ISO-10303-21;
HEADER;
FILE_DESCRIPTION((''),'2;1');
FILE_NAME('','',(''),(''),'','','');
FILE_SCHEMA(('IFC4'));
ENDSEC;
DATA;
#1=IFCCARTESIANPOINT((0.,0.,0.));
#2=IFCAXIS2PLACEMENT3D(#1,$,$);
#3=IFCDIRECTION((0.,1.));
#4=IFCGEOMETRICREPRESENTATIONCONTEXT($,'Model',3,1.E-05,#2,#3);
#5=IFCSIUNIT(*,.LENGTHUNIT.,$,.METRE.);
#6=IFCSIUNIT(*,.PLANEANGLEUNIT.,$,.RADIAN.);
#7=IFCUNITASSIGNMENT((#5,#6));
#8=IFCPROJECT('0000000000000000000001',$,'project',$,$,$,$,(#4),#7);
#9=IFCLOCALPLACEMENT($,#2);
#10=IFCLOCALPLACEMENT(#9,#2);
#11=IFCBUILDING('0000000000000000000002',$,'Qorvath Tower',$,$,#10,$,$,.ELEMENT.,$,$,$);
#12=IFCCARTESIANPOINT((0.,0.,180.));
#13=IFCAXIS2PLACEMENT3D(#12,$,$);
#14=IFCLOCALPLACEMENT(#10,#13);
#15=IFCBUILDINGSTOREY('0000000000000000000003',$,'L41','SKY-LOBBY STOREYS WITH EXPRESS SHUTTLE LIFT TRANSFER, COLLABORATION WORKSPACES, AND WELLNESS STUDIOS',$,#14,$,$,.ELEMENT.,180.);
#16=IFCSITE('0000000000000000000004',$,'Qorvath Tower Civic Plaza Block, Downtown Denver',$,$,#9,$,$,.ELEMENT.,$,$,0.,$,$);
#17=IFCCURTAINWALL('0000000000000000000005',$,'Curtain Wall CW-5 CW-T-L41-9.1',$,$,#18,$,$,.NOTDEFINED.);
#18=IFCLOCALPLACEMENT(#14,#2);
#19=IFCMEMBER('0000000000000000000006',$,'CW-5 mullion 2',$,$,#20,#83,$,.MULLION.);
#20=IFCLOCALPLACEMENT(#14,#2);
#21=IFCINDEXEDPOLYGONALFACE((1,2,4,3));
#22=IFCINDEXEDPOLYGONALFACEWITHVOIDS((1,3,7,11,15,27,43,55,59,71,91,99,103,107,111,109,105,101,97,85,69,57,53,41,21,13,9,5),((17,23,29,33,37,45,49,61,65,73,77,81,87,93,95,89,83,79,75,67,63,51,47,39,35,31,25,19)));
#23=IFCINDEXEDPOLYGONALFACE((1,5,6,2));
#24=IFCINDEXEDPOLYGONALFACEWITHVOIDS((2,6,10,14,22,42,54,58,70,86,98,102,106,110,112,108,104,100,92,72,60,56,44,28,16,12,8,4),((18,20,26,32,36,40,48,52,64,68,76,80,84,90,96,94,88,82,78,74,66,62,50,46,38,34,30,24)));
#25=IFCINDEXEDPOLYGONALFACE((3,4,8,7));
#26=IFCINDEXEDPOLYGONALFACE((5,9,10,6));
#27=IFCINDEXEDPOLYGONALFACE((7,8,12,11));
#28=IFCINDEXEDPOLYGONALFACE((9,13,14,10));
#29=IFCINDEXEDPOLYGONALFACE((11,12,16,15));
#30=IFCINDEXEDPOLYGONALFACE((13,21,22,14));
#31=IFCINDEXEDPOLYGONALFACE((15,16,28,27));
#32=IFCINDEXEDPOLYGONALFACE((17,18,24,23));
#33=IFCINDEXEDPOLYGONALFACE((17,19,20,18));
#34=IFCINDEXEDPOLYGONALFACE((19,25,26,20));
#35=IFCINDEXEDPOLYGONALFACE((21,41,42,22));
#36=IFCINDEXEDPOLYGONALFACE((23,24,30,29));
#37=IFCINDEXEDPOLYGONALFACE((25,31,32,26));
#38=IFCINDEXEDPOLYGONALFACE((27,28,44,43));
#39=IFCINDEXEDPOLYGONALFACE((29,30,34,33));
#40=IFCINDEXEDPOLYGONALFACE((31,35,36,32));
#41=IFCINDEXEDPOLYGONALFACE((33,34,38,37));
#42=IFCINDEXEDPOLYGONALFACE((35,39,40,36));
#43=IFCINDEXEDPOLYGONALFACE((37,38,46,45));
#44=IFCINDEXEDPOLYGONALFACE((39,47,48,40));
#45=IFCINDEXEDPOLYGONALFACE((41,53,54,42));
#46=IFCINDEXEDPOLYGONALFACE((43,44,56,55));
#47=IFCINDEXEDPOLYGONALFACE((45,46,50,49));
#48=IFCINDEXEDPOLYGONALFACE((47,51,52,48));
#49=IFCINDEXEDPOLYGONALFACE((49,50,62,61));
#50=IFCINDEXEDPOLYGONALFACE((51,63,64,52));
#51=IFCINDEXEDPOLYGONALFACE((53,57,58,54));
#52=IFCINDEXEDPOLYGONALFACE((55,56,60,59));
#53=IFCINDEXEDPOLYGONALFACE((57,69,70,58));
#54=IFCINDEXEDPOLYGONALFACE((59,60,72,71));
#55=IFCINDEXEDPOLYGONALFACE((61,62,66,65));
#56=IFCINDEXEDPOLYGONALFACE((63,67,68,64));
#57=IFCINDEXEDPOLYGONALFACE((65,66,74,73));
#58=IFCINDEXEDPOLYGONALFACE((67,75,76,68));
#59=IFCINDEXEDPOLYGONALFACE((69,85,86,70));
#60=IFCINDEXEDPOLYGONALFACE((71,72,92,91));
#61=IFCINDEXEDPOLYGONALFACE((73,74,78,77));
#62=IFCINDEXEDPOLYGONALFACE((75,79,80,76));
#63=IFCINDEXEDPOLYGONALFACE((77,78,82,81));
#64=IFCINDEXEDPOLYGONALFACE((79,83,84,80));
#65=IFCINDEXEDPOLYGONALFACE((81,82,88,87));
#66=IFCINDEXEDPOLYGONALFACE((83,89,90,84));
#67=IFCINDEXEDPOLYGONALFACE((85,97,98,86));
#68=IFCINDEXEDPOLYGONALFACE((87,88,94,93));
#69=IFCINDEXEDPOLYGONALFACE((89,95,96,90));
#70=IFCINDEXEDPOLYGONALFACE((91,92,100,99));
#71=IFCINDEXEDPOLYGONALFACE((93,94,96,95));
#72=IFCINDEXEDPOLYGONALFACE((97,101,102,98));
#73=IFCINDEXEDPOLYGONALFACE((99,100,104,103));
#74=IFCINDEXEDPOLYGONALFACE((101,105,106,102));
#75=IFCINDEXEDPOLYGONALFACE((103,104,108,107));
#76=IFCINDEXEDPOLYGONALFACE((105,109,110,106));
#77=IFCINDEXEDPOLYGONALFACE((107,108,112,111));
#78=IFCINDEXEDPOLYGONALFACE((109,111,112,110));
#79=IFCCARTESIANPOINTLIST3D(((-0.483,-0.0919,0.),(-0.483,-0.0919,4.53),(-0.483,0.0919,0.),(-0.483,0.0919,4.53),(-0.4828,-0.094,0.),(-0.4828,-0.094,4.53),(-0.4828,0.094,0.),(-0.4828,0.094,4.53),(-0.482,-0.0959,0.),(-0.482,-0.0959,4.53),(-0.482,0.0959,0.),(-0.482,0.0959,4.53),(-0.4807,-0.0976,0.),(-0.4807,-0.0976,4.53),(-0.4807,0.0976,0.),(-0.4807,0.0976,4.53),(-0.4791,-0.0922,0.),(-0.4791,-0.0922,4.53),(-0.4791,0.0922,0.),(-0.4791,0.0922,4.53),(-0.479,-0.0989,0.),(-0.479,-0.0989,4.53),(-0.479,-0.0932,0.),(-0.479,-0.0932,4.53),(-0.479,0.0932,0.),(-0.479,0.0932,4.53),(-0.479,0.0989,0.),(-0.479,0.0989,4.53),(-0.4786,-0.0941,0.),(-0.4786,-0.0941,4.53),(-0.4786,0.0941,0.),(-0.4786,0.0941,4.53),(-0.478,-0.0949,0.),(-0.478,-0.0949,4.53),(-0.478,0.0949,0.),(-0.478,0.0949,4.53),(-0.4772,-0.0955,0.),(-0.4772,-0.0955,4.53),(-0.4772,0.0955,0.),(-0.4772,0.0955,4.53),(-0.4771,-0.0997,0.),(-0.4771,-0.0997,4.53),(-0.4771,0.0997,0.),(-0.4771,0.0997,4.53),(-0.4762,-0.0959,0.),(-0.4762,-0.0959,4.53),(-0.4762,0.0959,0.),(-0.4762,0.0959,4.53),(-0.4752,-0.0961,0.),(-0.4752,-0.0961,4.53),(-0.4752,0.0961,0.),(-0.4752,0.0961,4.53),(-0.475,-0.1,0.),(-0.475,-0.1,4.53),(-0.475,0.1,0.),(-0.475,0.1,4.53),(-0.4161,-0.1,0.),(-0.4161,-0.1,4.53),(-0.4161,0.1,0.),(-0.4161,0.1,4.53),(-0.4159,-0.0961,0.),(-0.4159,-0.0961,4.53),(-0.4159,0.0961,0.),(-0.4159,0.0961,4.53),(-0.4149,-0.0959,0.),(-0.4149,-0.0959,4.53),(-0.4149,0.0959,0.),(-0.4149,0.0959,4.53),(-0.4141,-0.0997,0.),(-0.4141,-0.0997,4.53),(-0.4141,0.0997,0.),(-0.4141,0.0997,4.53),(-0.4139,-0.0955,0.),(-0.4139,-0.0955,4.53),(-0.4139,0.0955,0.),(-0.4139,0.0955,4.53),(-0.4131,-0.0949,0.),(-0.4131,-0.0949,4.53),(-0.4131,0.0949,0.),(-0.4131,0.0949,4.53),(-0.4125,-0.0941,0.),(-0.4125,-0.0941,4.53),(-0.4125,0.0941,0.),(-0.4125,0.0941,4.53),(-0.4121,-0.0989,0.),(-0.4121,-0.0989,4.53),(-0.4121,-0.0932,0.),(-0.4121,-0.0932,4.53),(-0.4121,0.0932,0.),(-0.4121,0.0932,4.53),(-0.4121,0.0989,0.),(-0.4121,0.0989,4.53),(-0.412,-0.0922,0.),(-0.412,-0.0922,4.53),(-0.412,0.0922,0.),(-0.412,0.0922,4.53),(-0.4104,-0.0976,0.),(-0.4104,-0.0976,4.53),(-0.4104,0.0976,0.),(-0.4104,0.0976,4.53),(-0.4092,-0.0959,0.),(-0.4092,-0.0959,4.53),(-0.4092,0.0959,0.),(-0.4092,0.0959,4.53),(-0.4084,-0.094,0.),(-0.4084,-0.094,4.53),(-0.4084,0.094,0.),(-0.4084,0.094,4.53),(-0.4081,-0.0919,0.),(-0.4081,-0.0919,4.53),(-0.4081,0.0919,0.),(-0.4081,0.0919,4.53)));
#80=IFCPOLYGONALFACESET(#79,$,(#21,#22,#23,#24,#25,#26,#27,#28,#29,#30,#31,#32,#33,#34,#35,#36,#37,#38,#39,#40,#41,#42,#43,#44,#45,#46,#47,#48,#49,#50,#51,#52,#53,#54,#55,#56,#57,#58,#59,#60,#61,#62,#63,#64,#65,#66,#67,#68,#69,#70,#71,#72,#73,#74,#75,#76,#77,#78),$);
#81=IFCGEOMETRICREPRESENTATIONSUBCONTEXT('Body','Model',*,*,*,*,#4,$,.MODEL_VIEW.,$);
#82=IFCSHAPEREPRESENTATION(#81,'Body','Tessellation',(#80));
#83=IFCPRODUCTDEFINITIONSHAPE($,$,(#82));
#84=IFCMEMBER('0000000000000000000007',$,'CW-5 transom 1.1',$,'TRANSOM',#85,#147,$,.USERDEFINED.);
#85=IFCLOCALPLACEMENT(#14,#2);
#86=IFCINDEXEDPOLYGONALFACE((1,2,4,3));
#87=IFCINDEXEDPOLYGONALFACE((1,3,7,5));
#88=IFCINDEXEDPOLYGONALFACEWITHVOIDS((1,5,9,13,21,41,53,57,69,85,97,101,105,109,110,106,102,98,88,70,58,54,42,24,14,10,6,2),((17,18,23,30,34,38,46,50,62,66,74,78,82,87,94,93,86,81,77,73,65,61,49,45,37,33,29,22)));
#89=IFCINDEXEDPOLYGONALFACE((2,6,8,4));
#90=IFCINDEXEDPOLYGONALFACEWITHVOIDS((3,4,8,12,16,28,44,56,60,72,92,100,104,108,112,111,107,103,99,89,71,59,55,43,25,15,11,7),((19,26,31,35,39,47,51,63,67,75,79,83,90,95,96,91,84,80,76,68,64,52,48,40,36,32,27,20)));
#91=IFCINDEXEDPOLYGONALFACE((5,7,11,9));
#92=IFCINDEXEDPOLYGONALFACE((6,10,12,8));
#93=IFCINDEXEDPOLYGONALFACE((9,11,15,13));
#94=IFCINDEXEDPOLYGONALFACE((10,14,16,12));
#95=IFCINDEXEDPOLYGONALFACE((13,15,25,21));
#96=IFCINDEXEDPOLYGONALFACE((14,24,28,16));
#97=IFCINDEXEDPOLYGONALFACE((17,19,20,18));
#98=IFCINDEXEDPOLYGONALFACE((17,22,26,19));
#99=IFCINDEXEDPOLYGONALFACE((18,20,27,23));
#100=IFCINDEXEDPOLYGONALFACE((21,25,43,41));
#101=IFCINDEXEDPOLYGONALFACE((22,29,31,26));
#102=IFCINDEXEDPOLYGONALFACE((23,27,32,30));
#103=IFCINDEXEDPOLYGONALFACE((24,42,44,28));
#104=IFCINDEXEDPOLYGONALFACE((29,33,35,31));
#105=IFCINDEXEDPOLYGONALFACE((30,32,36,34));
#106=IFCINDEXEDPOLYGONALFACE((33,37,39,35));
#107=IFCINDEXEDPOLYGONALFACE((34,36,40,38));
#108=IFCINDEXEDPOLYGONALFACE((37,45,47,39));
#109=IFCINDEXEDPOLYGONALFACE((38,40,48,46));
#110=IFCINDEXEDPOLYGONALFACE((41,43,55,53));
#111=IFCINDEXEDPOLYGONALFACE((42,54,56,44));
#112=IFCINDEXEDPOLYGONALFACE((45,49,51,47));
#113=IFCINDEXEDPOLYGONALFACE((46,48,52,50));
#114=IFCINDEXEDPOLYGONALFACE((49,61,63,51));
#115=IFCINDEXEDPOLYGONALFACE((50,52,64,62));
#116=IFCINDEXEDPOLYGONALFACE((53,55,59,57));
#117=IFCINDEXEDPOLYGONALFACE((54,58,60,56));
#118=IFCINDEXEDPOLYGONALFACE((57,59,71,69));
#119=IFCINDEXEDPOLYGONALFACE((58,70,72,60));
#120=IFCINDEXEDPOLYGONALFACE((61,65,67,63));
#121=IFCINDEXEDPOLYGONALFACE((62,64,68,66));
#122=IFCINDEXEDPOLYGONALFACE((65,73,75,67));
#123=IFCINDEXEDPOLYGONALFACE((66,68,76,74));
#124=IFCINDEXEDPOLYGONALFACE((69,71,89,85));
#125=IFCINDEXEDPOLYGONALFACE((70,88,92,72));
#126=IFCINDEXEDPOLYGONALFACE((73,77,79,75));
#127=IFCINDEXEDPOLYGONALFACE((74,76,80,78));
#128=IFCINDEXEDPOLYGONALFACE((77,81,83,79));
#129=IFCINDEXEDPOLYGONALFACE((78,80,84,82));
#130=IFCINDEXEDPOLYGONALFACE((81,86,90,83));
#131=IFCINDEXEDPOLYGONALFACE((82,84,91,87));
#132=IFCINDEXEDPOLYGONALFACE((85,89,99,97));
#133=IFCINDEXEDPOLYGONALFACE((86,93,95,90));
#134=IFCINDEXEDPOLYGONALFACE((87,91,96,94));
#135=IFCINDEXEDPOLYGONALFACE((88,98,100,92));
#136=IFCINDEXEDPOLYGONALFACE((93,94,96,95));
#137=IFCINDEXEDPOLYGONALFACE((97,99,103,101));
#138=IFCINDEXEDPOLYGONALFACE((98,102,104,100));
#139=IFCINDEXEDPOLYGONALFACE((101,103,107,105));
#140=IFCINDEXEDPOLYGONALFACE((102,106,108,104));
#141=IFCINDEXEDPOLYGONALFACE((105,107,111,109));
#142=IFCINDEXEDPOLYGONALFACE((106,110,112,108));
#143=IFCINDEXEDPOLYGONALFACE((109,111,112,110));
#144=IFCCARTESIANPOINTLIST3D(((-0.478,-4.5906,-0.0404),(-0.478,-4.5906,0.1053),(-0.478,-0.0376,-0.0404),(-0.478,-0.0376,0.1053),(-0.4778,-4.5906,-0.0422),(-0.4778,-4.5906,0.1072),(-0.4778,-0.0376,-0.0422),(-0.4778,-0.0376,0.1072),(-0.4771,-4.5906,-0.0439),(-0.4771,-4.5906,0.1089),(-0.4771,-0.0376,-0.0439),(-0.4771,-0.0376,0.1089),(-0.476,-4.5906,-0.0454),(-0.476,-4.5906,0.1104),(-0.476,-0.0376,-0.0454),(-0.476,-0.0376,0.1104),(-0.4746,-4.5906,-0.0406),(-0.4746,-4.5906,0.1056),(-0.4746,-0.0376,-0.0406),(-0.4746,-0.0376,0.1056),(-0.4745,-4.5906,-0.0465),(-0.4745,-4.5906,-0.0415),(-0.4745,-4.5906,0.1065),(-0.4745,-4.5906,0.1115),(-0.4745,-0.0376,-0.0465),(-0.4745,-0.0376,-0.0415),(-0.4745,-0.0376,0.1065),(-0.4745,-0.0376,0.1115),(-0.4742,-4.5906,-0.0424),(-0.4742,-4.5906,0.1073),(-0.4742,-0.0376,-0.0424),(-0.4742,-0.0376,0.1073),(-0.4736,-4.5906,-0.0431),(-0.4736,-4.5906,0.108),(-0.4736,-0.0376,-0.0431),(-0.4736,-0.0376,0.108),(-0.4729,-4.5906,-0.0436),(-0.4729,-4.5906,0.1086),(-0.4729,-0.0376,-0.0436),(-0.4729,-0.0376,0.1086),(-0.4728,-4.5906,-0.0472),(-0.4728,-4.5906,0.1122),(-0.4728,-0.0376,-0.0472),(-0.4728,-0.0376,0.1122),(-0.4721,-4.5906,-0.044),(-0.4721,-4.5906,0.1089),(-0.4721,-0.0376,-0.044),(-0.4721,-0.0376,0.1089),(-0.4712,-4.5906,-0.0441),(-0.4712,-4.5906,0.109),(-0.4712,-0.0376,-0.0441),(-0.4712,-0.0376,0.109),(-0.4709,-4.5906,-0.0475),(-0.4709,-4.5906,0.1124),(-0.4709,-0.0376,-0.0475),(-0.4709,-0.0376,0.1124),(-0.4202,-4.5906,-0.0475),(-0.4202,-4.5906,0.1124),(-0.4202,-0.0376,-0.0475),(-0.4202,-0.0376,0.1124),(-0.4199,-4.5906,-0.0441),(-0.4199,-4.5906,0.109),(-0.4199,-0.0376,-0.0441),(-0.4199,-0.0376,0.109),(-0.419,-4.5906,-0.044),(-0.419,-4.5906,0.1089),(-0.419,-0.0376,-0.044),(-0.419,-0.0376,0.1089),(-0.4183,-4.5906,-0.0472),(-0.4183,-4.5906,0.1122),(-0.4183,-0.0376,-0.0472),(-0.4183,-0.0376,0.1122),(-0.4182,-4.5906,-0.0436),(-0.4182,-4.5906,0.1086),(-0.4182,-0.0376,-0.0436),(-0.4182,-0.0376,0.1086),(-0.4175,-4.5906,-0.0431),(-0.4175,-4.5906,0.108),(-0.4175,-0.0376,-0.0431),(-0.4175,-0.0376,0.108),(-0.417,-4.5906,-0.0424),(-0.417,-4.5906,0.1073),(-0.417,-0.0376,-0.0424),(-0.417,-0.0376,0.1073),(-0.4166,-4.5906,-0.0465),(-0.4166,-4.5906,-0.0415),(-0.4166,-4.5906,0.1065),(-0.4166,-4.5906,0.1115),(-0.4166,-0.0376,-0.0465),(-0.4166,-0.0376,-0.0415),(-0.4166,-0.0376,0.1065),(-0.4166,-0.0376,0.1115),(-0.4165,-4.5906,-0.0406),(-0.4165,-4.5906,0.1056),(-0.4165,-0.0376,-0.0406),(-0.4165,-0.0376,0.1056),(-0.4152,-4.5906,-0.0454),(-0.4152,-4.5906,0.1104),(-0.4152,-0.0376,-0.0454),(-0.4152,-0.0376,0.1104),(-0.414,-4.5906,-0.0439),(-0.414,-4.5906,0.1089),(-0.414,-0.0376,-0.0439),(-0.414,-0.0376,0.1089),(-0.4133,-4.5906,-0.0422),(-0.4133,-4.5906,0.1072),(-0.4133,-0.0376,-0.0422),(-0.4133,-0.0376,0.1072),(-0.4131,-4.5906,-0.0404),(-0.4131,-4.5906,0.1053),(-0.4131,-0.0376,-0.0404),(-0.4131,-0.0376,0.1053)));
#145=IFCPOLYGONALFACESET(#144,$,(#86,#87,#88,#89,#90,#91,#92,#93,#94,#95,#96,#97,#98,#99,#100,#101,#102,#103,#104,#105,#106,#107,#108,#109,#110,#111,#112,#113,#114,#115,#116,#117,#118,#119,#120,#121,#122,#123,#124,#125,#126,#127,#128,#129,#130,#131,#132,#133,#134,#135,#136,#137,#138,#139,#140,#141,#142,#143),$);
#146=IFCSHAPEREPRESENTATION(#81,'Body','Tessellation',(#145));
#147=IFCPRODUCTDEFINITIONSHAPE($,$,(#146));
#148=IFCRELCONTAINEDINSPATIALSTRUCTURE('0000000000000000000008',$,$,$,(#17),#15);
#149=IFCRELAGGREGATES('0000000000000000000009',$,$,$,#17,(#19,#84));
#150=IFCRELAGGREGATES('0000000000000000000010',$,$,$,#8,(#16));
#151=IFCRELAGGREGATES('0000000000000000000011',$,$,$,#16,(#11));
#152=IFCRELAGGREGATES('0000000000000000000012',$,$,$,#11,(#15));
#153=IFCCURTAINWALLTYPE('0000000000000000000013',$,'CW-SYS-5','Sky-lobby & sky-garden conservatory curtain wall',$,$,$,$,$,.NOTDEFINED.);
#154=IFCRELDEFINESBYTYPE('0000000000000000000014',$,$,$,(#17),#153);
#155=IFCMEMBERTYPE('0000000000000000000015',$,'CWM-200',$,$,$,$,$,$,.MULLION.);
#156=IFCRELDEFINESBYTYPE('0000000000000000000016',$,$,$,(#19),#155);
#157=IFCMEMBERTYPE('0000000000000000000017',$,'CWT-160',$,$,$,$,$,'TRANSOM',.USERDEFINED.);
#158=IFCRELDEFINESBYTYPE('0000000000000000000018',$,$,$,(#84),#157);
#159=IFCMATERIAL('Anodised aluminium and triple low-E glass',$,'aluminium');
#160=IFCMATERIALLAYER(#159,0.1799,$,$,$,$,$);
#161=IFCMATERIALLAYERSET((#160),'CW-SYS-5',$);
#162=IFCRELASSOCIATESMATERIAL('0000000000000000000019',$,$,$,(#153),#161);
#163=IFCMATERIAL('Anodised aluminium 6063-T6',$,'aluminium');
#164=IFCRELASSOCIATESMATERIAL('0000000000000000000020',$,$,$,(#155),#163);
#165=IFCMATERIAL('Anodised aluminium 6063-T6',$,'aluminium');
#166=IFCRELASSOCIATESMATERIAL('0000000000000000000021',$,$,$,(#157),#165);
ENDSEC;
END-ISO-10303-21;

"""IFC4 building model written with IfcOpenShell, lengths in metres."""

from ifc_helpers import new_model, si_unit, direction, frame, origin, origin_2d, place, context, subcontext, project, spatial, hollow_rectangle, extrude, material, layer, layer_set, material_profile, profile_set, type_object, element, aggregate, save


model = new_model("IFC4")

# Units and contexts
model_context = context("Model", 3, precision=1e-05, world=origin(), true_north=direction((0.0, 1.0)))
body_context = subcontext(model_context, "Body", "Model", "MODEL_VIEW")
ifc_project = project(units=[si_unit("LENGTHUNIT", "METRE"), si_unit("PLANEANGLEUNIT", "RADIAN")], contexts=[model_context])

# Site, building, storey
site_placement = place(None, origin())
site = spatial("IfcSite", under=ifc_project, at=site_placement, Name="Qorvath Tower Civic Plaza Block, Downtown Denver", CompositionType="ELEMENT", RefElevation=0.0)
building_placement = place(site_placement, origin())
building = spatial("IfcBuilding", under=site, at=building_placement, Name="Qorvath Tower", CompositionType="ELEMENT")
storey_placement = place(building_placement, frame((0.0, 0.0, 180.0)))
storey = spatial("IfcBuildingStorey", under=building, at=storey_placement, Name="L41", Description="SKY-LOBBY STOREYS WITH EXPRESS SHUTTLE LIFT TRANSFER, COLLABORATION WORKSPACES, AND WELLNESS STUDIOS", CompositionType="ELEMENT", Elevation=180.0)

# Curtain wall, members
ifc_material_1 = material(Name="Anodised aluminium and triple low-E glass", Category="aluminium")
ifc_layer_1 = layer(ifc_material_1, 0.1799)
ifc_layer_set_1 = layer_set([ifc_layer_1], Name="CW-SYS-5")
curtain_wall_type = type_object("IfcCurtainWallType", Name="CW-SYS-5", Description="Sky-lobby & sky-garden conservatory curtain wall", PredefinedType="NOTDEFINED", material=ifc_layer_set_1)
curtain_wall_placement = place(storey_placement, origin())
curtain_wall = element("IfcCurtainWall", 1, at=curtain_wall_placement, inside=storey, type_object=curtain_wall_type, Name="Curtain Wall CW-5 CW-T-L41-9.1", PredefinedType="NOTDEFINED")
ifc_material_2 = material(Name="Anodised aluminium 6063-T6", Category="aluminium")
ifc_material_profile_1 = material_profile(ifc_material_2, hollow_rectangle(XDim=0.075, YDim=0.2, WallThickness=0.0039, InnerFilletRadius=0.0039, OuterFilletRadius=0.0081, at=origin_2d()), Name="CWM 200x75")
ifc_profile_set_1 = profile_set([ifc_material_profile_1], Name="Anodised aluminium 6063-T6")
member_type_1 = type_object("IfcMemberType", Name="CWM-200", PredefinedType="MULLION", material=ifc_profile_set_1)
member_1_placement = place(storey_placement, frame((-0.4456, 0.0, 0.0), z_axis=(0.0, 0.0, 1.0), x_axis=(-1.0, 0.0, 0.0)))
member_1 = element("IfcMember", 2, at=member_1_placement, type_object=member_type_1, Name="CW-5 mullion 2", PredefinedType="MULLION", context=body_context, shape_type="SweptSolid", body=[
    extrude(hollow_rectangle(XDim=0.075, YDim=0.2, WallThickness=0.0039, InnerFilletRadius=0.0039, OuterFilletRadius=0.0081, at=origin_2d()), origin(), (0.0, 0.0, 1.0), 4.53),
])
ifc_material_3 = material(Name="Anodised aluminium 6063-T6", Category="aluminium")
ifc_material_profile_2 = material_profile(ifc_material_3, hollow_rectangle(XDim=0.0649, YDim=0.1599, WallThickness=0.0034, InnerFilletRadius=0.0034, OuterFilletRadius=0.0071, at=origin_2d()), Name="CWT 160x65")
ifc_profile_set_2 = profile_set([ifc_material_profile_2], Name="Anodised aluminium 6063-T6")
member_type_2 = type_object("IfcMemberType", Name="CWT-160", ElementType="TRANSOM", PredefinedType="USERDEFINED", material=ifc_profile_set_2)
member_2_placement = place(storey_placement, frame((-0.4456, -4.5906, 0.0325), z_axis=(0.0, 1.0, 0.0), x_axis=(-1.0, 0.0, 0.0)))
member_2 = element("IfcMember", 3, at=member_2_placement, type_object=member_type_2, Name="CW-5 transom 1.1", ObjectType="TRANSOM", PredefinedType="USERDEFINED", context=body_context, shape_type="SweptSolid", body=[
    extrude(hollow_rectangle(XDim=0.0649, YDim=0.1599, WallThickness=0.0034, InnerFilletRadius=0.0034, OuterFilletRadius=0.0071, at=origin_2d()), origin(), (0.0, 0.0, 1.0), 4.553),
])

aggregate(curtain_wall, [member_1, member_2])

save(model, "model.ifc")
